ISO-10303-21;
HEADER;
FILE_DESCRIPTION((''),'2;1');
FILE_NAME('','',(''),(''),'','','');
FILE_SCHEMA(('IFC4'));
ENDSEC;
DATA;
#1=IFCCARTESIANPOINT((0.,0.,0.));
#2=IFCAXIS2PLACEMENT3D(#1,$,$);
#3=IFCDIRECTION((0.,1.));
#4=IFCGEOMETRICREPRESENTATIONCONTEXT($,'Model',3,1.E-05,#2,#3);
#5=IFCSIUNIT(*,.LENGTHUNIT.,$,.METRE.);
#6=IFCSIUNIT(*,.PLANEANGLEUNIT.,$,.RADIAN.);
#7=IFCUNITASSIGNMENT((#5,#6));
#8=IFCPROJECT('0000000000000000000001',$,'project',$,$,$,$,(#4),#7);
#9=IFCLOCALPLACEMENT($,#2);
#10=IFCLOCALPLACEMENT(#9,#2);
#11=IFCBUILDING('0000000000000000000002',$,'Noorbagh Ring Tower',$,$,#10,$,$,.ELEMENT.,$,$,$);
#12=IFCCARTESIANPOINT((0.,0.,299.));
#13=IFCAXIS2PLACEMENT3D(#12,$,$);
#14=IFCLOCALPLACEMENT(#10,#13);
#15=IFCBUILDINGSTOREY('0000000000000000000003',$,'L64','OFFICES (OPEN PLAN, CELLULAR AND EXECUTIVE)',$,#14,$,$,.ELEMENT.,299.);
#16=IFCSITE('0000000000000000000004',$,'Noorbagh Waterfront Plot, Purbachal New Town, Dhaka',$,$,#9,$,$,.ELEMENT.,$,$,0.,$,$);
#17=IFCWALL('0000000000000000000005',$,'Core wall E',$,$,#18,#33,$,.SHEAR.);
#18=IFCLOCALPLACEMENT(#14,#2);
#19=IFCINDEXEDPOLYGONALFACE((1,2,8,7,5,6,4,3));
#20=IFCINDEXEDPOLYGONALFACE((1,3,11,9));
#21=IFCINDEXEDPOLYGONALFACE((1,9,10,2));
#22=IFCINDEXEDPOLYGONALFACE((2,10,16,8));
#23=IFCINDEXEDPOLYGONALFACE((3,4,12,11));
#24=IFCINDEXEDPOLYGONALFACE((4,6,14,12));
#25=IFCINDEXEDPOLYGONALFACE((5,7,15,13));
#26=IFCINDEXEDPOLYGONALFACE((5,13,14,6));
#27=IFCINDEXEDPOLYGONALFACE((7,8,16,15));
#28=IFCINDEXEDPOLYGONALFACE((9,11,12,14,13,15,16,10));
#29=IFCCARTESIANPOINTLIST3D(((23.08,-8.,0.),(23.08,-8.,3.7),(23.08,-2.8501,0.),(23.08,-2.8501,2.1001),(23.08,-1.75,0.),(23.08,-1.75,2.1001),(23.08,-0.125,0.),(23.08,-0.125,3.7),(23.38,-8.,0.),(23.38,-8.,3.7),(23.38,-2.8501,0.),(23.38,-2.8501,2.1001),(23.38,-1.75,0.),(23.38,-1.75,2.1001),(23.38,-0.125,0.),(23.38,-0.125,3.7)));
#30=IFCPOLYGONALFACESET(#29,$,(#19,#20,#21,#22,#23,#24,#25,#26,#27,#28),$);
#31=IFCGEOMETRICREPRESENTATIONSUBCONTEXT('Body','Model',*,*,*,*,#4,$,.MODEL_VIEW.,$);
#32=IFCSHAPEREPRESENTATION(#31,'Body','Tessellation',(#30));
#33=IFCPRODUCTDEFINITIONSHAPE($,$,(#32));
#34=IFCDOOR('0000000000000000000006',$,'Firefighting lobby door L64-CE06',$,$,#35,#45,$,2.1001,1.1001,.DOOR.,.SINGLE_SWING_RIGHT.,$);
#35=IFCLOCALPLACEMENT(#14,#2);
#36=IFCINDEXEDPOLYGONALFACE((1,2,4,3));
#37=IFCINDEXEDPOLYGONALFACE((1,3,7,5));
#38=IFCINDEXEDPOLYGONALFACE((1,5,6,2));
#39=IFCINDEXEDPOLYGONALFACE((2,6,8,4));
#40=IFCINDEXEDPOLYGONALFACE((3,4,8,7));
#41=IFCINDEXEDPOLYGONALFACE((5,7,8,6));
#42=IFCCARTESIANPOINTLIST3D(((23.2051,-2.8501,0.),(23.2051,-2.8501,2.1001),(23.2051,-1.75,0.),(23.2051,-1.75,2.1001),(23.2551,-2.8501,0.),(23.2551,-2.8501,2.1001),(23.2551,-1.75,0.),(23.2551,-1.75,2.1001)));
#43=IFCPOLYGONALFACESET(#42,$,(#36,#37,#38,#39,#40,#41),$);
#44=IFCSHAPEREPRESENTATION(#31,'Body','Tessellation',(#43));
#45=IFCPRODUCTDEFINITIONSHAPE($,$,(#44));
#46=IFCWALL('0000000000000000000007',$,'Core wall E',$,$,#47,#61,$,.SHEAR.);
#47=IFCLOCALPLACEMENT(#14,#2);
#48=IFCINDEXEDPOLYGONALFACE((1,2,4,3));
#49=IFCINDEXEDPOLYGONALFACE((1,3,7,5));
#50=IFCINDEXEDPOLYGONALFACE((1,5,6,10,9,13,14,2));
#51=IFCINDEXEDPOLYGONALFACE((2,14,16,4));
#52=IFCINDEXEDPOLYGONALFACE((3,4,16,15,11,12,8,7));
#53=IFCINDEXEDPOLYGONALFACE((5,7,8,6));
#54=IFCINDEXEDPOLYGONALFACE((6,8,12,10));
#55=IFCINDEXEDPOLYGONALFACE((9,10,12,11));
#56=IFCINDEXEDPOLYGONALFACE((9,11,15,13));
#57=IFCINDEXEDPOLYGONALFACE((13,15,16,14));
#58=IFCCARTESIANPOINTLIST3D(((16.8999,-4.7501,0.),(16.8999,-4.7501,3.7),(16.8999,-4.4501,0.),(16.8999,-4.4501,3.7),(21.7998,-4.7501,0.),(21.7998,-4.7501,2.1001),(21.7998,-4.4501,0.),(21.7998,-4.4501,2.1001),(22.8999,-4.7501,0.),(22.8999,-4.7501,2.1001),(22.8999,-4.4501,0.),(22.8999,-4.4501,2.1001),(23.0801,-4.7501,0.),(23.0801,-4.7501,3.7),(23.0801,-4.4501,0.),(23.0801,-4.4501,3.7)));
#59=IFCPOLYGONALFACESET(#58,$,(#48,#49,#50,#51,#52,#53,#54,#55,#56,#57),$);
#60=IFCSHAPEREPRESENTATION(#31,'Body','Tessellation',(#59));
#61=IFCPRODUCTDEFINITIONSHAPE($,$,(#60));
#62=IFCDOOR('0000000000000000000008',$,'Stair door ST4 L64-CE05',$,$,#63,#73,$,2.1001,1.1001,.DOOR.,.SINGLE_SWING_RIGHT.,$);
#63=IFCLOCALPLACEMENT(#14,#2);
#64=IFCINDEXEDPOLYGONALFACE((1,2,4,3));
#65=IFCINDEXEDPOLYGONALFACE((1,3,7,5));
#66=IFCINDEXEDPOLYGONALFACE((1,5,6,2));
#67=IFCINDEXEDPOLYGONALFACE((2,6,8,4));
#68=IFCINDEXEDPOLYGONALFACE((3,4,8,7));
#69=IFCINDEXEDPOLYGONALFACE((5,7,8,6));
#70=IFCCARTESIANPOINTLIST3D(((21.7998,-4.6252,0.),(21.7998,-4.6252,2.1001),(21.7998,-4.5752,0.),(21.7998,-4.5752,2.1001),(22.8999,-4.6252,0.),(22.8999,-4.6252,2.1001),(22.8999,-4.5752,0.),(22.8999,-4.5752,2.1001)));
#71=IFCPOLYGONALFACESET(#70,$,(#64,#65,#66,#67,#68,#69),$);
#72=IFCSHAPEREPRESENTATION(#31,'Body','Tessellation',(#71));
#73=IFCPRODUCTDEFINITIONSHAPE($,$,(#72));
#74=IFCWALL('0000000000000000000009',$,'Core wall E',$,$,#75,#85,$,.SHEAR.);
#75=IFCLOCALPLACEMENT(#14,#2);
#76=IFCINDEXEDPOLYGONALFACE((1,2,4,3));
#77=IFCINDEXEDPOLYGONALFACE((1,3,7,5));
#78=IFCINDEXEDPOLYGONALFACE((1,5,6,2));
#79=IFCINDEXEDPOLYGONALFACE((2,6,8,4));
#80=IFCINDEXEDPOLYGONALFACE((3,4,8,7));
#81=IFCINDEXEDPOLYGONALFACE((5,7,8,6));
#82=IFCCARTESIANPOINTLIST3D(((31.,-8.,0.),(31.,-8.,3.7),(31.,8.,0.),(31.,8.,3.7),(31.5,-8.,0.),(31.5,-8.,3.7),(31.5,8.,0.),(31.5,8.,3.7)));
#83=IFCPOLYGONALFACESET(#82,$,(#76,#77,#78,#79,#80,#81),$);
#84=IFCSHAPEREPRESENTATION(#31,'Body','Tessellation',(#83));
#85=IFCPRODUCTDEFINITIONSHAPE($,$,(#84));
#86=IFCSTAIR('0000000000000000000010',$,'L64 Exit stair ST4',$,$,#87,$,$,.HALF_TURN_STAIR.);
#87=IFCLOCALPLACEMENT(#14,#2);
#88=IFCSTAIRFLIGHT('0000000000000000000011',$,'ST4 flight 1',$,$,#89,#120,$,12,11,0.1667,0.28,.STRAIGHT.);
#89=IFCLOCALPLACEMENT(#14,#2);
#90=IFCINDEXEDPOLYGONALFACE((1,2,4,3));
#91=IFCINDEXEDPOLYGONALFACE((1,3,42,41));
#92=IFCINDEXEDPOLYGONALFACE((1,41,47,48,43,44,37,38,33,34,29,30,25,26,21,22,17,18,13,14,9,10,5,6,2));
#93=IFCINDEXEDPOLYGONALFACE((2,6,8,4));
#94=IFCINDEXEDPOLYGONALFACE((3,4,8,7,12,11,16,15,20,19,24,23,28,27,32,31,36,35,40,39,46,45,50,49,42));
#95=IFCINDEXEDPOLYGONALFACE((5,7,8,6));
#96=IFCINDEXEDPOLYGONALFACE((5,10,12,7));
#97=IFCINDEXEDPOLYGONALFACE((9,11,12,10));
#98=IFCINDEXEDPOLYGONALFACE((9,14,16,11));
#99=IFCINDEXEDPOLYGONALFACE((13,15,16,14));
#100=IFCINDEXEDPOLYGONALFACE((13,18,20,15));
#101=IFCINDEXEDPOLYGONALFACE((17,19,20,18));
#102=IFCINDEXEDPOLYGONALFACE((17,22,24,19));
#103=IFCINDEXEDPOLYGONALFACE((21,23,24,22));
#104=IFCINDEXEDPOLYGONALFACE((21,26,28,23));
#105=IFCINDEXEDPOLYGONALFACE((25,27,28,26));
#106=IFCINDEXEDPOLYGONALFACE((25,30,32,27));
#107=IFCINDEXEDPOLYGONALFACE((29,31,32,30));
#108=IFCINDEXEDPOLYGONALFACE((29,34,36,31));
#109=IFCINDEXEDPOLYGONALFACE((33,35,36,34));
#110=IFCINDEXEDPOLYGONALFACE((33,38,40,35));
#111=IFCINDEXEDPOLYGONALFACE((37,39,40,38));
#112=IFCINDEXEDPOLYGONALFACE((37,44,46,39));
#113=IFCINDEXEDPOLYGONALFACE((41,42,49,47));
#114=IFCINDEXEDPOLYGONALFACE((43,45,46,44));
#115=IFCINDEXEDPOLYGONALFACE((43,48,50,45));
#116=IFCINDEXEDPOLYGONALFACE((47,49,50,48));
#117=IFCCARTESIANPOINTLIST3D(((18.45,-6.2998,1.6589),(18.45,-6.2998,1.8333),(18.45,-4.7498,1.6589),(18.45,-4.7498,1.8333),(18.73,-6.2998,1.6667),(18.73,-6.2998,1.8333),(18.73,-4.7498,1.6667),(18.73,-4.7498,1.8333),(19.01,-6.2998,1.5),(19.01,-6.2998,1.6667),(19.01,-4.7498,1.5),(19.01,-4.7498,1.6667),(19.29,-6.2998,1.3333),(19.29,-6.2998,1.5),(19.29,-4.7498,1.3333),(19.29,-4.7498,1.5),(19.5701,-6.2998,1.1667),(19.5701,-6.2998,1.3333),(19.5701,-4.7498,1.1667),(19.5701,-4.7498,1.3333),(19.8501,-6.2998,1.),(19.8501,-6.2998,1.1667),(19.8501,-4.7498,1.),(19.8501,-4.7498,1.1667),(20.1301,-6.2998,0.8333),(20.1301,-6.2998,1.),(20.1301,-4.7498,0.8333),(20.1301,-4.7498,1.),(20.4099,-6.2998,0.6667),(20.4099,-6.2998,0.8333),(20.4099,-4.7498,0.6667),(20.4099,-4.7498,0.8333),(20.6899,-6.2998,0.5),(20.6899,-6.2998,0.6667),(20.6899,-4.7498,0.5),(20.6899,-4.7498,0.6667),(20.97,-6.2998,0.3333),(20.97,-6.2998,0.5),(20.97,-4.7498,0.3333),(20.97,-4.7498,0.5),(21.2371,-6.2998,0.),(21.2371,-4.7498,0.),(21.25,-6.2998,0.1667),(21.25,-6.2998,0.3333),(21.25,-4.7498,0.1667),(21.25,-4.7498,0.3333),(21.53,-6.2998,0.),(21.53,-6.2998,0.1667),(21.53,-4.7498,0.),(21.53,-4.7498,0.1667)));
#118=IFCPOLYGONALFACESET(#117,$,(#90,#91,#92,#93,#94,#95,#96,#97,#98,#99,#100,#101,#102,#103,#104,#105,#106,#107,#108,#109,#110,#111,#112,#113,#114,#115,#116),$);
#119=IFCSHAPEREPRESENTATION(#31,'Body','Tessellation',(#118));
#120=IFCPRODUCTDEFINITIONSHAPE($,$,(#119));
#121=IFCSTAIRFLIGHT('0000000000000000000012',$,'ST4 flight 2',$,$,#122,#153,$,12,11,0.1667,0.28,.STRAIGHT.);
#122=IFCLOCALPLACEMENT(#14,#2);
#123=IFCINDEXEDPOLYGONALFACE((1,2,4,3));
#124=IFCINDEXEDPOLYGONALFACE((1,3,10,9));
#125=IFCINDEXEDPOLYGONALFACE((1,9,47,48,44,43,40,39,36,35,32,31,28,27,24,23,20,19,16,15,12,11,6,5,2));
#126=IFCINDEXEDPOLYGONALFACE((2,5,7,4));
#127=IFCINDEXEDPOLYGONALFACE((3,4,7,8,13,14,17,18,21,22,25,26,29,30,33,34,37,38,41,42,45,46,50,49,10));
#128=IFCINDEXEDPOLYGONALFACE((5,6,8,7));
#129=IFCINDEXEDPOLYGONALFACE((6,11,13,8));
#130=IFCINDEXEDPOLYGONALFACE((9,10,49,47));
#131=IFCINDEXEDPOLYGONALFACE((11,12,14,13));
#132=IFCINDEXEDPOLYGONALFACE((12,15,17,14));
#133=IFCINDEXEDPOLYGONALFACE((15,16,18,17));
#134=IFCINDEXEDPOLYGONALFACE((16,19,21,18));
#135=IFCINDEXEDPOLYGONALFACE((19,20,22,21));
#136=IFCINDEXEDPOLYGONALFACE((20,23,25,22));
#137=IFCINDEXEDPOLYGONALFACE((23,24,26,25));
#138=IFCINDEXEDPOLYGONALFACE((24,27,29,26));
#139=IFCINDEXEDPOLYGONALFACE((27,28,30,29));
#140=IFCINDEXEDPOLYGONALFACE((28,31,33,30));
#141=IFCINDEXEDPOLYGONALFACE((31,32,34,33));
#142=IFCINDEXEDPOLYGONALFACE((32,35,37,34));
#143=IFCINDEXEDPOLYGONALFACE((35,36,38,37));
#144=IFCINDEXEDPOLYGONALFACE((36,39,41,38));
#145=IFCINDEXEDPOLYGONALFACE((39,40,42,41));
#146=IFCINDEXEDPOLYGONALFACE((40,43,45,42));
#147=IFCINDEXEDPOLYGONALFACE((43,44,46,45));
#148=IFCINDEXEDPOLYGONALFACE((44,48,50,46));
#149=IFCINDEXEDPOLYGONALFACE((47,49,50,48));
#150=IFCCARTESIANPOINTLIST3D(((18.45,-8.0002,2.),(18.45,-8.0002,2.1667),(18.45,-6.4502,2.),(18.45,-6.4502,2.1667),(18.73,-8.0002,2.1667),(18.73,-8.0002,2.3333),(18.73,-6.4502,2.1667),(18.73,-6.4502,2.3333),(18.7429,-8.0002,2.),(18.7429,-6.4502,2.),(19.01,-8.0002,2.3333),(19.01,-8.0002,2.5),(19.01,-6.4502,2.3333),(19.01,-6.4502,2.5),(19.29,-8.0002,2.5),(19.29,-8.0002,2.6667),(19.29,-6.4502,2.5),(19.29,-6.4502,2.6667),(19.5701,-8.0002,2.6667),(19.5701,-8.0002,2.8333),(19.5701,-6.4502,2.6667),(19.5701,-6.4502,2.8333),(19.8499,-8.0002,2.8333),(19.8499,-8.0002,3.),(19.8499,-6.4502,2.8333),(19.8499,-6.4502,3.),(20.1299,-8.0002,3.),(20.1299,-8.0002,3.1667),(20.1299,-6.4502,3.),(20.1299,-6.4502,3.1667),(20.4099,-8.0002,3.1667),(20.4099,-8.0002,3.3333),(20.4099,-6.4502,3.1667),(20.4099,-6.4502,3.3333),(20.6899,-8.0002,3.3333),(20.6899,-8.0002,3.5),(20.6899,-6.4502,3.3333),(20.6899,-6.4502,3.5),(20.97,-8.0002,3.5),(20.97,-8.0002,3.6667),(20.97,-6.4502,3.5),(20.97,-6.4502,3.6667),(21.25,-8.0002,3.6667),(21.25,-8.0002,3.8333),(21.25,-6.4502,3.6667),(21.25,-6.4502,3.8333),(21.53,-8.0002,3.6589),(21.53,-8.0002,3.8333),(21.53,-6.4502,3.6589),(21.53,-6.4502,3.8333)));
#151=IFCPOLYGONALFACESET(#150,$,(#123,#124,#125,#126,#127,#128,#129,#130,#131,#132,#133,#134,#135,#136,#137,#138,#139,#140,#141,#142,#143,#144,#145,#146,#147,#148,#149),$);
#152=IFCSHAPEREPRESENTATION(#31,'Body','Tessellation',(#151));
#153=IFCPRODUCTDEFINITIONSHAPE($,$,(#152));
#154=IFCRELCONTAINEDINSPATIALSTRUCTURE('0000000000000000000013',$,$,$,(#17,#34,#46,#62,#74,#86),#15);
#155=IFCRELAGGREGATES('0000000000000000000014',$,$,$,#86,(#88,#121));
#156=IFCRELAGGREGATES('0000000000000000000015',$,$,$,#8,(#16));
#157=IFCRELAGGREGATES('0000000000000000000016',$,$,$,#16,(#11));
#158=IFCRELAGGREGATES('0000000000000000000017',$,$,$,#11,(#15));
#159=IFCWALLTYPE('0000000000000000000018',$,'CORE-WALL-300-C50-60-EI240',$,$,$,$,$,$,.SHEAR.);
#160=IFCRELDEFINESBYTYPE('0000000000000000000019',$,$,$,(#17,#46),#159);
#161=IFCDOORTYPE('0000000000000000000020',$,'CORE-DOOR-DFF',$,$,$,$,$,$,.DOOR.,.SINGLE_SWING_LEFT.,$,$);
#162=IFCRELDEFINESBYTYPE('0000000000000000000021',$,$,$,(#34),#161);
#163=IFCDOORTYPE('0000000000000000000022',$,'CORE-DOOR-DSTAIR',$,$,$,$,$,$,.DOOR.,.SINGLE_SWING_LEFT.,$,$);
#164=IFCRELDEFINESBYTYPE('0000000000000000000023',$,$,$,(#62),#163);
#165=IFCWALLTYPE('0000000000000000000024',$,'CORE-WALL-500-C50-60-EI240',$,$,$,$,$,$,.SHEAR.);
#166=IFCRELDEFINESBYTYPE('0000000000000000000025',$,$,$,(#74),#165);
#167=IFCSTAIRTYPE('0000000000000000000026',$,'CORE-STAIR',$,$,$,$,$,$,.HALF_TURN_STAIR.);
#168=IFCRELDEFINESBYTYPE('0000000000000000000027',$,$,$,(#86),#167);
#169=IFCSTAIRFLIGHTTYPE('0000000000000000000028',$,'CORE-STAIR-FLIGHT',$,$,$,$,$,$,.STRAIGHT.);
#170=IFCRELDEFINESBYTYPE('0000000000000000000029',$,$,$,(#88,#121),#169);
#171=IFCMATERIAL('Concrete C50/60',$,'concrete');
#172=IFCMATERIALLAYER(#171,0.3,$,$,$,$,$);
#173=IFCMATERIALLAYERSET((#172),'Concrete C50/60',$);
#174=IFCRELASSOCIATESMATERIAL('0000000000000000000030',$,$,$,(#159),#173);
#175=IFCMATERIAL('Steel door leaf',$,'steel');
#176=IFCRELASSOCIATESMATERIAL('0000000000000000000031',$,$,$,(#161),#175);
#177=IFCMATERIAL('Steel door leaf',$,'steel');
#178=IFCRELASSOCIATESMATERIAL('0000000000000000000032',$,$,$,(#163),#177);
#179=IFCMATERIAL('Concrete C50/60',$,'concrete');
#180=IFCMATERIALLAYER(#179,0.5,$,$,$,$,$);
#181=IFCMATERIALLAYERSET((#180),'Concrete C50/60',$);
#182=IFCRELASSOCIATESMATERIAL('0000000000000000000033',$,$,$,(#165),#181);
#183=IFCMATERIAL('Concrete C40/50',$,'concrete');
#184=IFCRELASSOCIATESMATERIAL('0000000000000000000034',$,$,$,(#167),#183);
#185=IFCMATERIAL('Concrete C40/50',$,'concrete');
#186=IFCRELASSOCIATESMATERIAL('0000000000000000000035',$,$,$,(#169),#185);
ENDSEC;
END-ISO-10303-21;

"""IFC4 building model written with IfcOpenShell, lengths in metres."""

from ifc_helpers import new_model, si_unit, direction, frame, frame_2d, origin, place, context, subcontext, project, spatial, polyline, rectangle, outline, extrude, material, layer, layer_set, type_object, element, fill, aggregate, save


model = new_model("IFC4")

# Units and contexts
model_context = context("Model", 3, precision=1e-05, world=origin(), true_north=direction((0.0, 1.0)))
body_context = subcontext(model_context, "Body", "Model", "MODEL_VIEW")
ifc_project = project(units=[si_unit("LENGTHUNIT", "METRE"), si_unit("PLANEANGLEUNIT", "RADIAN")], contexts=[model_context])

# Site, building, storey
site_placement = place(None, origin())
site = spatial("IfcSite", under=ifc_project, at=site_placement, Name="Noorbagh Waterfront Plot, Purbachal New Town, Dhaka", CompositionType="ELEMENT", RefElevation=0.0)
building_placement = place(site_placement, origin())
building = spatial("IfcBuilding", under=site, at=building_placement, Name="Noorbagh Ring Tower", CompositionType="ELEMENT")
storey_placement = place(building_placement, frame((0.0, 0.0, 299.0)))
storey = spatial("IfcBuildingStorey", under=building, at=storey_placement, Name="L64", Description="OFFICES (OPEN PLAN, CELLULAR AND EXECUTIVE)", CompositionType="ELEMENT", Elevation=299.0)

# Walls, openings, doors
ifc_material_1 = material(Name="Concrete C50/60", Category="concrete")
ifc_layer_1 = layer(ifc_material_1, 0.3)
ifc_layer_set_1 = layer_set([ifc_layer_1], Name="Concrete C50/60")
wall_type_1 = type_object("IfcWallType", Name="CORE-WALL-300-C50-60-EI240", PredefinedType="SHEAR", material=ifc_layer_set_1)
wall_1_placement = place(storey_placement, frame((23.23, -8.0, 0.0), z_axis=(0.0, 0.0, 1.0), x_axis=(0.0, 1.0, 0.0)))
wall_1 = element("IfcWall", 1, at=wall_1_placement, inside=storey, type_object=wall_type_1, Name="Core wall E", PredefinedType="SHEAR", context=body_context, shape_type="SweptSolid", body=[
    extrude(rectangle(XDim=7.875, YDim=0.3, at=frame_2d((3.9375, 0.0))), origin(), (0.0, 0.0, 1.0), 3.7),
])
opening_1_placement = place(wall_1_placement, frame((5.1499, 0.0, 0.0)))
opening_1 = element("IfcOpeningElement", 2, at=opening_1_placement, cuts=wall_1, PredefinedType="OPENING", context=body_context, shape_type="SweptSolid", body=[
    extrude(rectangle(XDim=1.1001, YDim=2.1001, at=frame_2d((0.55, 1.05))), frame((0.0, 0.1602, 0.0), z_axis=(0.0, -1.0, 0.0), x_axis=(1.0, 0.0, 0.0)), (0.0, 0.0, 1.0), 0.3201),
])
ifc_material_2 = material(Name="Steel door leaf", Category="steel")
door_type_1 = type_object("IfcDoorType", Name="CORE-DOOR-DFF", OperationType="SINGLE_SWING_LEFT", PredefinedType="DOOR", material=ifc_material_2)
door_1_placement = place(opening_1_placement, origin())
door_1 = element("IfcDoor", 3, at=door_1_placement, inside=storey, type_object=door_type_1, Name="Firefighting lobby door L64-CE06", OperationType="SINGLE_SWING_RIGHT", OverallHeight=2.1001, OverallWidth=1.1001, PredefinedType="DOOR", context=body_context, shape_type="SweptSolid", body=[
    extrude(rectangle(XDim=1.1001, YDim=2.1001, at=frame_2d((0.55, 1.05))), frame((0.0, 0.0249, 0.0), z_axis=(0.0, -1.0, 0.0), x_axis=(1.0, 0.0, 0.0)), (0.0, 0.0, 1.0), 0.05),
])
fill(opening_1, door_1)
wall_2_placement = place(storey_placement, frame((16.8999, -4.6001, 0.0), z_axis=(0.0, 0.0, 1.0), x_axis=(1.0, 0.0, 0.0)))
wall_2 = element("IfcWall", 4, at=wall_2_placement, inside=storey, type_object=wall_type_1, Name="Core wall E", PredefinedType="SHEAR", context=body_context, shape_type="SweptSolid", body=[
    extrude(rectangle(XDim=6.1802, YDim=0.3, at=frame_2d((3.0901, 0.0))), origin(), (0.0, 0.0, 1.0), 3.7),
])
opening_2_placement = place(wall_2_placement, frame((4.8999, 0.0, 0.0)))
opening_2 = element("IfcOpeningElement", 5, at=opening_2_placement, cuts=wall_2, PredefinedType="OPENING", context=body_context, shape_type="SweptSolid", body=[
    extrude(rectangle(XDim=1.1001, YDim=2.1001, at=frame_2d((0.55, 1.05))), frame((0.0, 0.1602, 0.0), z_axis=(0.0, -1.0, 0.0), x_axis=(1.0, 0.0, 0.0)), (0.0, 0.0, 1.0), 0.3201),
])
ifc_material_3 = material(Name="Steel door leaf", Category="steel")
door_type_2 = type_object("IfcDoorType", Name="CORE-DOOR-DSTAIR", OperationType="SINGLE_SWING_LEFT", PredefinedType="DOOR", material=ifc_material_3)
door_2_placement = place(opening_2_placement, origin())
door_2 = element("IfcDoor", 6, at=door_2_placement, inside=storey, type_object=door_type_2, Name="Stair door ST4 L64-CE05", OperationType="SINGLE_SWING_RIGHT", OverallHeight=2.1001, OverallWidth=1.1001, PredefinedType="DOOR", context=body_context, shape_type="SweptSolid", body=[
    extrude(rectangle(XDim=1.1001, YDim=2.1001, at=frame_2d((0.55, 1.05))), frame((0.0, 0.0249, 0.0), z_axis=(0.0, -1.0, 0.0), x_axis=(1.0, 0.0, 0.0)), (0.0, 0.0, 1.0), 0.05),
])
fill(opening_2, door_2)

# Wall
ifc_material_4 = material(Name="Concrete C50/60", Category="concrete")
ifc_layer_2 = layer(ifc_material_4, 0.5)
ifc_layer_set_2 = layer_set([ifc_layer_2], Name="Concrete C50/60")
wall_type_2 = type_object("IfcWallType", Name="CORE-WALL-500-C50-60-EI240", PredefinedType="SHEAR", material=ifc_layer_set_2)
wall_3_placement = place(storey_placement, frame((31.25, -8.0, 0.0), z_axis=(0.0, 0.0, 1.0), x_axis=(0.0, 1.0, 0.0)))
element("IfcWall", 7, at=wall_3_placement, inside=storey, type_object=wall_type_2, Name="Core wall E", PredefinedType="SHEAR", context=body_context, shape_type="SweptSolid", body=[
    extrude(rectangle(XDim=16.0, YDim=0.5, at=frame_2d((8.0, 0.0))), origin(), (0.0, 0.0, 1.0), 3.7),
])

# Stair, stair flights
ifc_material_5 = material(Name="Concrete C40/50", Category="concrete")
stair_type = type_object("IfcStairType", Name="CORE-STAIR", PredefinedType="HALF_TURN_STAIR", material=ifc_material_5)
stair_placement = place(storey_placement, origin())
stair = element("IfcStair", 8, at=stair_placement, inside=storey, type_object=stair_type, Name="L64 Exit stair ST4", PredefinedType="HALF_TURN_STAIR")
ifc_material_6 = material(Name="Concrete C40/50", Category="concrete")
stair_flight_type = type_object("IfcStairFlightType", Name="CORE-STAIR-FLIGHT", PredefinedType="STRAIGHT", material=ifc_material_6)
stair_flight_1_placement = place(storey_placement, frame((21.53, -5.5249, 0.0), z_axis=(0.0, 0.0, 1.0), x_axis=(-1.0, 0.0, 0.0)))
stair_flight_1 = element("IfcStairFlight", 9, at=stair_flight_1_placement, type_object=stair_flight_type, Name="ST4 flight 1", NumberOfRisers=12, NumberOfTreads=11, PredefinedType="STRAIGHT", RiserHeight=0.1667, TreadLength=0.28, context=body_context, shape_type="SweptSolid", body=[
    extrude(outline(polyline([(0.0, 0.0), (0.0, 0.1667), (0.28, 0.1667), (0.28, 0.3333), (0.5601, 0.3333), (0.5601, 0.5), (0.8401, 0.5), (0.8401, 0.6667), (1.1201, 0.6667), (1.1201, 0.8333), (1.3999, 0.8333), (1.3999, 1.0), (1.6799, 1.0), (1.6799, 1.1667), (1.96, 1.1667), (1.96, 1.3333), (2.24, 1.3333), (2.24, 1.5), (2.52, 1.5), (2.52, 1.6667), (2.8, 1.6667), (2.8, 1.8333), (3.0801, 1.8333), (3.0801, 2.0), (3.0801, 1.6589), (0.293, 0.0), (0.0, 0.0)])), frame((0.0, 0.7749, 0.0), z_axis=(0.0, -1.0, 0.0), x_axis=(1.0, 0.0, 0.0)), (0.0, 0.0, 1.0), 1.55),
])
stair_flight_2_placement = place(storey_placement, frame((18.45, -7.2251, 2.0), z_axis=(0.0, 0.0, 1.0), x_axis=(1.0, 0.0, 0.0)))
stair_flight_2 = element("IfcStairFlight", 10, at=stair_flight_2_placement, type_object=stair_flight_type, Name="ST4 flight 2", NumberOfRisers=12, NumberOfTreads=11, PredefinedType="STRAIGHT", RiserHeight=0.1667, TreadLength=0.28, context=body_context, shape_type="SweptSolid", body=[
    extrude(outline(polyline([(0.0, 0.0), (0.0, 0.1667), (0.28, 0.1667), (0.28, 0.3333), (0.5601, 0.3333), (0.5601, 0.5), (0.8401, 0.5), (0.8401, 0.6667), (1.1201, 0.6667), (1.1201, 0.8333), (1.3999, 0.8333), (1.3999, 1.0), (1.6799, 1.0), (1.6799, 1.1667), (1.96, 1.1667), (1.96, 1.3333), (2.24, 1.3333), (2.24, 1.5), (2.52, 1.5), (2.52, 1.6667), (2.8, 1.6667), (2.8, 1.8333), (3.0801, 1.8333), (3.0801, 2.0), (3.0801, 1.6589), (0.293, 0.0), (0.0, 0.0)])), frame((0.0, 0.7749, 0.0), z_axis=(0.0, -1.0, 0.0), x_axis=(1.0, 0.0, 0.0)), (0.0, 0.0, 1.0), 1.55),
])
aggregate(stair, [stair_flight_1, stair_flight_2])

save(model, "model.ifc")
